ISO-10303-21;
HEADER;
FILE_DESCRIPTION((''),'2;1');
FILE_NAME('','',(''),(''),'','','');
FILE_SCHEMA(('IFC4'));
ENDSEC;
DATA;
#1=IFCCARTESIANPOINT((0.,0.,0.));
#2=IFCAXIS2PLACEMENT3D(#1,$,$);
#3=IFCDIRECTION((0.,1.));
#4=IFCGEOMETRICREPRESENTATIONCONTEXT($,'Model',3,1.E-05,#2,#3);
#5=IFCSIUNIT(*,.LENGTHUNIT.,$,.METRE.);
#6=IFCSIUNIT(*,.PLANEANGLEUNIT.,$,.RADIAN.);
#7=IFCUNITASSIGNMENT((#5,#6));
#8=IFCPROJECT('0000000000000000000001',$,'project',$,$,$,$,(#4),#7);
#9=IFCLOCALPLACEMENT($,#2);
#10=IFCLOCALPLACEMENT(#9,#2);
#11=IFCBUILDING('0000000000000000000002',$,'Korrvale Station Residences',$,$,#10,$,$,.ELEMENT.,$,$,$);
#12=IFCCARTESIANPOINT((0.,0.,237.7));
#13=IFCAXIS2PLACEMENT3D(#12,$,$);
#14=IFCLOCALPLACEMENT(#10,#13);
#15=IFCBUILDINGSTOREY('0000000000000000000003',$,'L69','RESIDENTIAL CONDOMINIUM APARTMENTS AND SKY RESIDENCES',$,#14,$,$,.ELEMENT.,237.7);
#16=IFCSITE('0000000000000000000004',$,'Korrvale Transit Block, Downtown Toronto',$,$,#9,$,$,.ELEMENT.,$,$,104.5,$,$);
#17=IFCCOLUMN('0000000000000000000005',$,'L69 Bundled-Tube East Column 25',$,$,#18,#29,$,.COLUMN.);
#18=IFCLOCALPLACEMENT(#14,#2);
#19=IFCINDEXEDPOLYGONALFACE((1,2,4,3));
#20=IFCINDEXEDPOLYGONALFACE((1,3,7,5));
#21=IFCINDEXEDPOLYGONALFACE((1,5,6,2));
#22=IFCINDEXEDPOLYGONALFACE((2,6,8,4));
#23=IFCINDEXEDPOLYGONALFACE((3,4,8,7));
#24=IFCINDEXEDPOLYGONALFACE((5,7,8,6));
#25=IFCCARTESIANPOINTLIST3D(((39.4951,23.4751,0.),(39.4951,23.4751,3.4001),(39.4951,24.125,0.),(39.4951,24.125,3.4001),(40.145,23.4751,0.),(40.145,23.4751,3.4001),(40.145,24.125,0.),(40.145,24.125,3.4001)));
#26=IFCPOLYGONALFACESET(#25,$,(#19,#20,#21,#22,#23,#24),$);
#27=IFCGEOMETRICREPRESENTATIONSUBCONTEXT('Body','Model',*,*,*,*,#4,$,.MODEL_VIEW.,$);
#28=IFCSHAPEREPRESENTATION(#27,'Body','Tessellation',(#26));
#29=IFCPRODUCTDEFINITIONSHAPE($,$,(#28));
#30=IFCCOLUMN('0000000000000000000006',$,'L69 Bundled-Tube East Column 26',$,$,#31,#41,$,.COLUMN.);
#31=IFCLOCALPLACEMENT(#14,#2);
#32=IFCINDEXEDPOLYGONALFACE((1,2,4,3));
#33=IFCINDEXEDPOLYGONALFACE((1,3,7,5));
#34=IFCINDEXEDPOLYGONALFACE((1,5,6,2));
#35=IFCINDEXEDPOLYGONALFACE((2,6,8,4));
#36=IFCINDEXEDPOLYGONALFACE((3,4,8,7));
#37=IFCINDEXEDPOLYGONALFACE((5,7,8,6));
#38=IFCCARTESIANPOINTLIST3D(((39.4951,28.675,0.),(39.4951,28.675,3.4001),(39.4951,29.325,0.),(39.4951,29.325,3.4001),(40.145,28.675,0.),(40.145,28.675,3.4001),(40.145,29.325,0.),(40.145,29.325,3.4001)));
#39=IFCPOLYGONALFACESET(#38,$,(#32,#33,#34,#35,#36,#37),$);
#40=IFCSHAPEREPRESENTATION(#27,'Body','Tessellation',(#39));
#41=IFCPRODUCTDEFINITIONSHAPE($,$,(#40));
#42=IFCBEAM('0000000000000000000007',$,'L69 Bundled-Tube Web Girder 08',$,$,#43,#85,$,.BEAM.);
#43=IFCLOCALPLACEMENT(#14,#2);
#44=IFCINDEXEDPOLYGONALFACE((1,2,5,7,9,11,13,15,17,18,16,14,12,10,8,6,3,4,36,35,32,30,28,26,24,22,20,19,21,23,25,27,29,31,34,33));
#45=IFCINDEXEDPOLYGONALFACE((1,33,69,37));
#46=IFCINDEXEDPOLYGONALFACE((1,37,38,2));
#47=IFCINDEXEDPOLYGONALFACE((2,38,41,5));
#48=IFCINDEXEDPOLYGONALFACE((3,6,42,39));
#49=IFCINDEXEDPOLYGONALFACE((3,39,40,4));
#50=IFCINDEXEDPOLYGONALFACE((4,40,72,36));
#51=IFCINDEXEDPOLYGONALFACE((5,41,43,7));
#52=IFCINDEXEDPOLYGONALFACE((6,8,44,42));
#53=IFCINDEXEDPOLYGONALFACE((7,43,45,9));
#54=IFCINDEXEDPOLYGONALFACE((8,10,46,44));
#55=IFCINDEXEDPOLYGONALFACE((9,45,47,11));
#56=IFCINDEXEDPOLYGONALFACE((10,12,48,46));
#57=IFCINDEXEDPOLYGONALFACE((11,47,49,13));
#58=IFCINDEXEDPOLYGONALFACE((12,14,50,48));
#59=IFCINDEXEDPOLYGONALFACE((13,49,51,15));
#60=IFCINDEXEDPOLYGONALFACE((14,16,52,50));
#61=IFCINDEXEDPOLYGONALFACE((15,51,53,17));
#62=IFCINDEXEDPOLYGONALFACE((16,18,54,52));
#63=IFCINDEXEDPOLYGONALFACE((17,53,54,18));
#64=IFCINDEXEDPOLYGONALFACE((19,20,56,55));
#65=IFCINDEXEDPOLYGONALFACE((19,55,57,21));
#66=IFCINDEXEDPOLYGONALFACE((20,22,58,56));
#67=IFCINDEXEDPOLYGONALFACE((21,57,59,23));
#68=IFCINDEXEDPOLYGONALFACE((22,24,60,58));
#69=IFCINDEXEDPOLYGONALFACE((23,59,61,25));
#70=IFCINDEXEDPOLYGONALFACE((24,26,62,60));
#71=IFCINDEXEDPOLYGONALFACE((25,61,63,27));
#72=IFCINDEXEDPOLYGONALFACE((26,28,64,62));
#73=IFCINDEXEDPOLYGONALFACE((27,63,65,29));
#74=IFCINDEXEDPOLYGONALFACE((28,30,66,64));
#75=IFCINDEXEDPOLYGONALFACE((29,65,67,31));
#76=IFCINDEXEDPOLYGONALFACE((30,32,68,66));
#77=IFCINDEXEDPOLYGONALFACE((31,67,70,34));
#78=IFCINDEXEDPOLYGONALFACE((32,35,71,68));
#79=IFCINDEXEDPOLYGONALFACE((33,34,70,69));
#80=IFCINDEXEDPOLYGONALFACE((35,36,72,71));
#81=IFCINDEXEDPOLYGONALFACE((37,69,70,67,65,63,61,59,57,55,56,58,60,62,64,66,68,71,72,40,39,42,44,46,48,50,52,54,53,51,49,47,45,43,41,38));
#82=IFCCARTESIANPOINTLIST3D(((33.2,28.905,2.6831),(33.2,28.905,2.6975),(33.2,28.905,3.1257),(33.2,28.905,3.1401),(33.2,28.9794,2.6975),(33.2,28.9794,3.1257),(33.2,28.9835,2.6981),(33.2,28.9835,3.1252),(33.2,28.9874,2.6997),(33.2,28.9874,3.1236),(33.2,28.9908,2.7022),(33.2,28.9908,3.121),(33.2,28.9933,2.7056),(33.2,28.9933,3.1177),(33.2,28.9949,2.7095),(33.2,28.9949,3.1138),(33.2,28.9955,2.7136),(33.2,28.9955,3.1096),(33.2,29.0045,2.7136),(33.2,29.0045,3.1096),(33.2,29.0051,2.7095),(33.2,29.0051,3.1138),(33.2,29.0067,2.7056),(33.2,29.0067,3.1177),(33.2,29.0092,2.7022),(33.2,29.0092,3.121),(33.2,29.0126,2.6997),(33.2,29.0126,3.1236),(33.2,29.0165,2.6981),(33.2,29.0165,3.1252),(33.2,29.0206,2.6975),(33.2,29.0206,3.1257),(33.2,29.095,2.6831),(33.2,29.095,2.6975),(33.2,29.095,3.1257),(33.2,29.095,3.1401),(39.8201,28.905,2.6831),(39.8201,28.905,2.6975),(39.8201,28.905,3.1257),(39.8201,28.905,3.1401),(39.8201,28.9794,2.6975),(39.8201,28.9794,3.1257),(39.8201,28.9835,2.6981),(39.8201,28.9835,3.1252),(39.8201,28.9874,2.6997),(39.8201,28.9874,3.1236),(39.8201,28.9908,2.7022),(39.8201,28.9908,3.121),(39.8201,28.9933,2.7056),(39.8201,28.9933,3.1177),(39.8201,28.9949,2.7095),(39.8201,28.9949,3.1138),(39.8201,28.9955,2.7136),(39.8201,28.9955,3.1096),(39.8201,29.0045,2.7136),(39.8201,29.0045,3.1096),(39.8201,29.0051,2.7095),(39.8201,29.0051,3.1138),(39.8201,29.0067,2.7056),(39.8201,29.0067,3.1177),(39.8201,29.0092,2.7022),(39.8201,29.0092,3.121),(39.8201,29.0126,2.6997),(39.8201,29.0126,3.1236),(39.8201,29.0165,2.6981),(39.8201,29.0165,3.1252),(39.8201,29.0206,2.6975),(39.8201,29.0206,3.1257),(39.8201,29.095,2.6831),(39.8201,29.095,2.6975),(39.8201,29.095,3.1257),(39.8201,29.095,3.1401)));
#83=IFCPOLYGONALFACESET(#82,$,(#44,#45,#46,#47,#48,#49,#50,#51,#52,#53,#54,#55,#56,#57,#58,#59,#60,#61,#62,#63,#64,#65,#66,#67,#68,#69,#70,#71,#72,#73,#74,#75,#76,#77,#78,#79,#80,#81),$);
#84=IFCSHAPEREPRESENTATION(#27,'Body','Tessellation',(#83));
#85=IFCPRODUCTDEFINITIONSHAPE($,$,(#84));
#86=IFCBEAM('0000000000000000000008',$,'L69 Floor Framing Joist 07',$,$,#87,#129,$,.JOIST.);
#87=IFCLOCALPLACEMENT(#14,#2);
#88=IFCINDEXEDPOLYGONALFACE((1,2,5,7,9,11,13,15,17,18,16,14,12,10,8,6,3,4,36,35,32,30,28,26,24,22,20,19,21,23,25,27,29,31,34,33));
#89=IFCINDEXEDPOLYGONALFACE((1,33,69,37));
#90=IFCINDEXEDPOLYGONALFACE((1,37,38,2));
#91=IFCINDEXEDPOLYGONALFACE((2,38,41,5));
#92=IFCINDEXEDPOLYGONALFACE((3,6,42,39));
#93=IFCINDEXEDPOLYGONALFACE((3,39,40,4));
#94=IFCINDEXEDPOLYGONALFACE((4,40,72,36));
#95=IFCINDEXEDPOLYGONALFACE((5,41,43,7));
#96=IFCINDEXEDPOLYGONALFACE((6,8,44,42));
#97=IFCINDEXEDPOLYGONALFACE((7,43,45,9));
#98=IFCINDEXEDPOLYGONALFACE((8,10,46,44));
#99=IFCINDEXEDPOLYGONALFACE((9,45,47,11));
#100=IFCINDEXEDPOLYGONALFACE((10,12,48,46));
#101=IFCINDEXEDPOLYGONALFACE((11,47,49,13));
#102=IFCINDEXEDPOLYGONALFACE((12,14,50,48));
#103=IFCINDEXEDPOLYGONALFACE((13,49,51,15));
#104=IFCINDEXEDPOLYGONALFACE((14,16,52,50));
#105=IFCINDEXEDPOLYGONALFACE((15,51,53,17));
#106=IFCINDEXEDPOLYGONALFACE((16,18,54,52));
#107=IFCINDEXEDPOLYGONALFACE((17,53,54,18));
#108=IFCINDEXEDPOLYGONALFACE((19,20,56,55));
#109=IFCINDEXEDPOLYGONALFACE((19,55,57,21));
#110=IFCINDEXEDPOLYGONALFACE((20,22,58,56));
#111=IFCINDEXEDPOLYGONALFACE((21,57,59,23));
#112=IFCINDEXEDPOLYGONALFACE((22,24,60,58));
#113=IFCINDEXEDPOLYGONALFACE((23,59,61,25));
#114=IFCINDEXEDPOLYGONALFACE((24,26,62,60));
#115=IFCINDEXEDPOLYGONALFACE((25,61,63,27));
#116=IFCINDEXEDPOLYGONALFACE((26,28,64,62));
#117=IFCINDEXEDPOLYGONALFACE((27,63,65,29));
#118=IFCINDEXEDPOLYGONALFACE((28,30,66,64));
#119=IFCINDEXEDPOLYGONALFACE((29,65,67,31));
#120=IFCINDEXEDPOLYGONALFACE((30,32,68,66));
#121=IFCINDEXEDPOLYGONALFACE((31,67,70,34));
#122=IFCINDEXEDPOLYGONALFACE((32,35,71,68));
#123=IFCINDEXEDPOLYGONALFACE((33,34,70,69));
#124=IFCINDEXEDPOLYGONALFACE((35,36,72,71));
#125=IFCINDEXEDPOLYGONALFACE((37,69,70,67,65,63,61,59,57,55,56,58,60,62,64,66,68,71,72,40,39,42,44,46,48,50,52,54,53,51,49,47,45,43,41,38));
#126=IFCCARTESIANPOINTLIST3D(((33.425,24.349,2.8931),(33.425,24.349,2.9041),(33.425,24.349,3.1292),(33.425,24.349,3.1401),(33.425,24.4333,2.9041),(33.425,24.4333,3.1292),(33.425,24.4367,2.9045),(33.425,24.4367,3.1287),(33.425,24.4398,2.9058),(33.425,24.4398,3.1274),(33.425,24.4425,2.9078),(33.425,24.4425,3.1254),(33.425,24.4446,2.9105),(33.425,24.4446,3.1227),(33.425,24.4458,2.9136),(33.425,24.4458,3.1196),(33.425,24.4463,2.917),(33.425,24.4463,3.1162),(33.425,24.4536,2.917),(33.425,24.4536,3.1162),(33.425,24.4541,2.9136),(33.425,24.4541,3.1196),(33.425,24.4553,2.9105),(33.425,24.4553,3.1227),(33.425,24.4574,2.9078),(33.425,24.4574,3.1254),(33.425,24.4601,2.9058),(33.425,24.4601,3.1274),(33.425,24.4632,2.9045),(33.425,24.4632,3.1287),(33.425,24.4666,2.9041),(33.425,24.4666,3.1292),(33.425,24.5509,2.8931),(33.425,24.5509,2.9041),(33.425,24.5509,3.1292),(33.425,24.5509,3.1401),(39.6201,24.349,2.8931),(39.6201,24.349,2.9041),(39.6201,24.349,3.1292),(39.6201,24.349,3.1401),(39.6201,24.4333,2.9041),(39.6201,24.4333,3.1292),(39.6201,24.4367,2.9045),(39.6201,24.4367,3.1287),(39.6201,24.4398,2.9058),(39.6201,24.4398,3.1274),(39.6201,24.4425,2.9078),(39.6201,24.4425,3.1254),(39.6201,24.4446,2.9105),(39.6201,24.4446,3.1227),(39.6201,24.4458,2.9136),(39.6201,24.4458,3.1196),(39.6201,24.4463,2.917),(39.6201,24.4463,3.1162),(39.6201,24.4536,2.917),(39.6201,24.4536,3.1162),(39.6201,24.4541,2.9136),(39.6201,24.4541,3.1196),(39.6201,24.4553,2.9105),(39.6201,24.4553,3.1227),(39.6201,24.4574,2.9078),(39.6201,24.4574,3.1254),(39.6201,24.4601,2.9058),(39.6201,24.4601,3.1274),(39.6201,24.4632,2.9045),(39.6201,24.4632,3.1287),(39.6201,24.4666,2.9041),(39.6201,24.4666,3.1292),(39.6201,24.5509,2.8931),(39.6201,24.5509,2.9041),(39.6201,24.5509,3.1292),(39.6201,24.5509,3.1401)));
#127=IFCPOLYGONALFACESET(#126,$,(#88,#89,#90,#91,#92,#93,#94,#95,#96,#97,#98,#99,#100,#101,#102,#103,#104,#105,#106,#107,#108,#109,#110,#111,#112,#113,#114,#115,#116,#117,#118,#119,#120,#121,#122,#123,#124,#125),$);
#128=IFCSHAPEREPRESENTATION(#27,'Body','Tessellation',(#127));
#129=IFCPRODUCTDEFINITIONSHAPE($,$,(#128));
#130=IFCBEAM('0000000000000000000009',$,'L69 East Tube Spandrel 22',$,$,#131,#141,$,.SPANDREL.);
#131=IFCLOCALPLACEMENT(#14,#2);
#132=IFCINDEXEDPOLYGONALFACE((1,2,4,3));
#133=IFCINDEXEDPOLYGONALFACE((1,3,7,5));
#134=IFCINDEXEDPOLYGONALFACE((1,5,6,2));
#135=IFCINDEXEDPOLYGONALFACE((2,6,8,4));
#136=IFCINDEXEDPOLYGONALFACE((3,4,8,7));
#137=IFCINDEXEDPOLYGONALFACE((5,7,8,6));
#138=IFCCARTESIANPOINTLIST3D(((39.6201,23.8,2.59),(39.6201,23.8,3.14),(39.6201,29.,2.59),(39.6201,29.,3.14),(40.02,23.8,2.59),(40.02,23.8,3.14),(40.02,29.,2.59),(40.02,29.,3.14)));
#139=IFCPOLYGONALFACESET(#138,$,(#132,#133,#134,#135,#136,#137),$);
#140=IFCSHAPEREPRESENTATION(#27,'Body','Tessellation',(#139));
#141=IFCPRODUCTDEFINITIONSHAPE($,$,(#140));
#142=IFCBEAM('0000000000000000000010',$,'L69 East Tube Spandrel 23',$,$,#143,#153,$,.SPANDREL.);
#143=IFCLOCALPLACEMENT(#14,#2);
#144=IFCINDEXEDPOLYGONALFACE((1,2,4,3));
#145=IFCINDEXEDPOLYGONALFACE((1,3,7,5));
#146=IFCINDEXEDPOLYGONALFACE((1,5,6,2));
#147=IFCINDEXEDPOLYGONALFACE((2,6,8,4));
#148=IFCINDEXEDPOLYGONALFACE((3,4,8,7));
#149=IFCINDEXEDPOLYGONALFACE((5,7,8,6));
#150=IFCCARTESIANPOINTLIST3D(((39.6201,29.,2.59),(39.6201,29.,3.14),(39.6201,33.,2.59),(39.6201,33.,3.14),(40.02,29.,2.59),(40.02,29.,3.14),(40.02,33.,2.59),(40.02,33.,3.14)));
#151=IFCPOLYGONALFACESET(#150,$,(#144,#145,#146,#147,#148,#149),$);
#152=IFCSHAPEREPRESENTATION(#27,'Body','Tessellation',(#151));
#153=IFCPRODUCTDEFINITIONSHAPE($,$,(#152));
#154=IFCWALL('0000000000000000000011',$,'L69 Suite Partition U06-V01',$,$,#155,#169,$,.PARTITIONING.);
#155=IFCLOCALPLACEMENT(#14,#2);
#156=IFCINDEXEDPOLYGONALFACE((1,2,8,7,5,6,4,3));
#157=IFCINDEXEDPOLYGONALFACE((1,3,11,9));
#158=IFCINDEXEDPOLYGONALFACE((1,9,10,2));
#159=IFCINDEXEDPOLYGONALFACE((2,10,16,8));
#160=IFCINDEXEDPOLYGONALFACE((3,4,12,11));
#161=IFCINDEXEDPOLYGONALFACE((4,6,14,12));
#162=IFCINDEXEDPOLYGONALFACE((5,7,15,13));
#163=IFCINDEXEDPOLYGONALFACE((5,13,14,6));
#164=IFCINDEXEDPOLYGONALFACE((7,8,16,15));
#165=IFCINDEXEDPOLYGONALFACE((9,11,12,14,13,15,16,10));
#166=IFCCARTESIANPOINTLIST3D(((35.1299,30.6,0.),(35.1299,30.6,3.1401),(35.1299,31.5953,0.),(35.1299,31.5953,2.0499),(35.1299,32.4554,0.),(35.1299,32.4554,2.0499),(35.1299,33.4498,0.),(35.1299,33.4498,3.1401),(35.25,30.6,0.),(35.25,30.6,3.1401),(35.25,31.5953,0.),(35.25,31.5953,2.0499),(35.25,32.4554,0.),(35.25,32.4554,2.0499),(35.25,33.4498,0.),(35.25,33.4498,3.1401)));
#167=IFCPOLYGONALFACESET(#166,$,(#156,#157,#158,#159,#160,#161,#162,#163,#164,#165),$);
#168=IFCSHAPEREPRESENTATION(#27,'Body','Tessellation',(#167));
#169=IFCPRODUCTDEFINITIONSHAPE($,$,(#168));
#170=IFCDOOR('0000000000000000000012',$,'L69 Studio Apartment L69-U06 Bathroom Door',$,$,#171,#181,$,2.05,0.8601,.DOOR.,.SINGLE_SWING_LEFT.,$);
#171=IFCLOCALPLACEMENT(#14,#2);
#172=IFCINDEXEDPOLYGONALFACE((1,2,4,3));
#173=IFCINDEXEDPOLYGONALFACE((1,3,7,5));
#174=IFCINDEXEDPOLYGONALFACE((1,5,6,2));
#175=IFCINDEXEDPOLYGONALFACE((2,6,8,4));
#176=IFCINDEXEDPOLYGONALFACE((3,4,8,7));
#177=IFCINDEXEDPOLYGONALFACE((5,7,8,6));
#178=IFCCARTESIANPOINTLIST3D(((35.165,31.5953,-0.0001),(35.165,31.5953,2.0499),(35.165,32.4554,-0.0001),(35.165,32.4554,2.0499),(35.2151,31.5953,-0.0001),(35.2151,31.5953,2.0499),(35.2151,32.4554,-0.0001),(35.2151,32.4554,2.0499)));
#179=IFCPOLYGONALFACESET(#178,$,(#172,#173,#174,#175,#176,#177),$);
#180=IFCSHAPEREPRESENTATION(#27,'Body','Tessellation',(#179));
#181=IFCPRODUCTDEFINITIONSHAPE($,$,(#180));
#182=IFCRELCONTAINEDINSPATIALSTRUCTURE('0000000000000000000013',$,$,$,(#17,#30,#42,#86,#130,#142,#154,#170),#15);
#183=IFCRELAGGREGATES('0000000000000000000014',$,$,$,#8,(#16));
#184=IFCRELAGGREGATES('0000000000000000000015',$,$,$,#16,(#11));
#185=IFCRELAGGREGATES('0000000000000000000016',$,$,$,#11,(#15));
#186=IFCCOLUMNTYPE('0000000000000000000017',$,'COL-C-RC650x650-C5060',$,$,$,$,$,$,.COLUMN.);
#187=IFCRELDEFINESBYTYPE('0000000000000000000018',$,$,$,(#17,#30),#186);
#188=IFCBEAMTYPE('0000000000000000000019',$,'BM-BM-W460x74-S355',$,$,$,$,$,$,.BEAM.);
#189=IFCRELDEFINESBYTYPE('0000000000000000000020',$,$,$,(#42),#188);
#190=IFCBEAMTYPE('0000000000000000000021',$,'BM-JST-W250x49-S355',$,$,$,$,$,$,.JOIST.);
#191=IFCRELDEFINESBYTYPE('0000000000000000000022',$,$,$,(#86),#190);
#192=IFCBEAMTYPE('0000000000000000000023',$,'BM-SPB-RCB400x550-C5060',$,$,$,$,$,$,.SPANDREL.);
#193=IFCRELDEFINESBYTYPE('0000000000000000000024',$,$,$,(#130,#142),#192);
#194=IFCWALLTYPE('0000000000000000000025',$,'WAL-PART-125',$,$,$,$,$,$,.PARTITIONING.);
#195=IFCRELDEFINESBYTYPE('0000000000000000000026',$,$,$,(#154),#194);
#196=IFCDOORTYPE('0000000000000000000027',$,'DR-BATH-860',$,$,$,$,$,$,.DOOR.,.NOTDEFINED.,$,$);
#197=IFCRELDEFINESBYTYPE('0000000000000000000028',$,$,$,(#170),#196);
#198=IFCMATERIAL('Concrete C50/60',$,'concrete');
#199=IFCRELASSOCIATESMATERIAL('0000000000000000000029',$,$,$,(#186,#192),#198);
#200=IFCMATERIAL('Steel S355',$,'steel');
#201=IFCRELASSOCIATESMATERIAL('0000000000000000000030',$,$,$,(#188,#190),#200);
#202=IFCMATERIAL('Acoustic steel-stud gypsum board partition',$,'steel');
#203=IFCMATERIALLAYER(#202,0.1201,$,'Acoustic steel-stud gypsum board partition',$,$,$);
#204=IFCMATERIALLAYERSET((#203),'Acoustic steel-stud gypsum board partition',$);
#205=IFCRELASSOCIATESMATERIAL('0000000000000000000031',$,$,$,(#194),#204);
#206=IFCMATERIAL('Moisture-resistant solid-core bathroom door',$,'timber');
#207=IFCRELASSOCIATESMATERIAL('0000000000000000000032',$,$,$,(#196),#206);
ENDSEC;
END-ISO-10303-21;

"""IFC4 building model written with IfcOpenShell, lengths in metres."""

from ifc_helpers import new_model, si_unit, direction, frame, frame_2d, origin, origin_2d, place, context, subcontext, project, spatial, rectangle, i_section, extrude, material, layer, layer_set, material_profile, profile_set, type_object, element, fill, save


model = new_model("IFC4")

# Units and contexts
model_context = context("Model", 3, precision=1e-05, world=origin(), true_north=direction((0.0, 1.0)))
body_context = subcontext(model_context, "Body", "Model", "MODEL_VIEW")
ifc_project = project(units=[si_unit("LENGTHUNIT", "METRE"), si_unit("PLANEANGLEUNIT", "RADIAN")], contexts=[model_context])

# Site, building, storey
site_placement = place(None, origin())
site = spatial("IfcSite", under=ifc_project, at=site_placement, Name="Korrvale Transit Block, Downtown Toronto", CompositionType="ELEMENT", RefElevation=104.5)
building_placement = place(site_placement, origin())
building = spatial("IfcBuilding", under=site, at=building_placement, Name="Korrvale Station Residences", CompositionType="ELEMENT")
storey_placement = place(building_placement, frame((0.0, 0.0, 237.7)))
storey = spatial("IfcBuildingStorey", under=building, at=storey_placement, Name="L69", Description="RESIDENTIAL CONDOMINIUM APARTMENTS AND SKY RESIDENCES", CompositionType="ELEMENT", Elevation=237.7)

# Columns
ifc_material_1 = material(Name="Concrete C50/60", Category="concrete")
ifc_material_profile_1 = material_profile(ifc_material_1, rectangle(XDim=0.6499, YDim=0.6499, at=origin_2d()), Name="RC650x650")
ifc_profile_set_1 = profile_set([ifc_material_profile_1], Name="Concrete C50/60")
column_type = type_object("IfcColumnType", Name="COL-C-RC650x650-C5060", PredefinedType="COLUMN", material=ifc_profile_set_1)
for number, where, z_axis, x_axis, name in (
    (1, (39.8201, 23.8, 0.0), (0.0, 0.0, 1.0), (1.0, 0.0, 0.0), "L69 Bundled-Tube East Column 25"),
    (2, (39.8201, 29.0, 0.0), (0.0, 0.0, 1.0), (1.0, 0.0, 0.0), "L69 Bundled-Tube East Column 26"),
):
    element("IfcColumn", number, at=place(storey_placement, frame(where, z_axis=z_axis, x_axis=x_axis)), inside=storey, type_object=column_type, Name=name, PredefinedType="COLUMN", context=body_context, shape_type="SweptSolid", body=[
        extrude(rectangle(XDim=0.6499, YDim=0.6499, at=origin_2d()), origin(), (0.0, 0.0, 1.0), 3.4001),
    ])

# Beams
ifc_material_2 = material(Name="Steel S355", Category="steel")
ifc_material_profile_2 = material_profile(ifc_material_2, i_section(OverallWidth=0.1899, OverallDepth=0.457, WebThickness=0.009, FlangeThickness=0.0144, FilletRadius=0.0161, at=origin_2d()), Name="W460x74")
ifc_profile_set_2 = profile_set([ifc_material_profile_2], Name="Steel S355")
beam_type_1 = type_object("IfcBeamType", Name="BM-BM-W460x74-S355", PredefinedType="BEAM", material=ifc_profile_set_2)
beam_1_placement = place(storey_placement, frame((33.2, 29.0, 2.9116), z_axis=(1.0, 0.0, 0.0), x_axis=(0.0, 1.0, 0.0)))
element("IfcBeam", 3, at=beam_1_placement, inside=storey, type_object=beam_type_1, Name="L69 Bundled-Tube Web Girder 08", PredefinedType="BEAM", context=body_context, shape_type="SweptSolid", body=[
    extrude(i_section(OverallWidth=0.1899, OverallDepth=0.457, WebThickness=0.009, FlangeThickness=0.0144, FilletRadius=0.0161, at=origin_2d()), origin(), (0.0, 0.0, 1.0), 6.6201),
])
ifc_material_profile_3 = material_profile(ifc_material_2, i_section(OverallWidth=0.2019, OverallDepth=0.2471, WebThickness=0.0073, FlangeThickness=0.011, FilletRadius=0.0129, at=origin_2d()), Name="W250x49")
ifc_profile_set_3 = profile_set([ifc_material_profile_3], Name="Steel S355")
beam_type_2 = type_object("IfcBeamType", Name="BM-JST-W250x49-S355", PredefinedType="JOIST", material=ifc_profile_set_3)
beam_2_placement = place(storey_placement, frame((33.425, 24.45, 3.0166), z_axis=(1.0, 0.0, 0.0), x_axis=(0.0, 1.0, 0.0)))
element("IfcBeam", 4, at=beam_2_placement, inside=storey, type_object=beam_type_2, Name="L69 Floor Framing Joist 07", PredefinedType="JOIST", context=body_context, shape_type="SweptSolid", body=[
    extrude(i_section(OverallWidth=0.2019, OverallDepth=0.2471, WebThickness=0.0073, FlangeThickness=0.011, FilletRadius=0.0129, at=origin_2d()), origin(), (0.0, 0.0, 1.0), 6.1951),
])
ifc_material_profile_4 = material_profile(ifc_material_1, rectangle(XDim=0.3999, YDim=0.55, at=origin_2d()), Name="RCB400x550")
ifc_profile_set_4 = profile_set([ifc_material_profile_4], Name="Concrete C50/60")
beam_type_3 = type_object("IfcBeamType", Name="BM-SPB-RCB400x550-C5060", PredefinedType="SPANDREL", material=ifc_profile_set_4)
beam_3_placement = place(storey_placement, frame((39.8201, 23.8, 2.865), z_axis=(0.0, 1.0, 0.0), x_axis=(-1.0, 0.0, 0.0)))
element("IfcBeam", 5, at=beam_3_placement, inside=storey, type_object=beam_type_3, Name="L69 East Tube Spandrel 22", PredefinedType="SPANDREL", context=body_context, shape_type="SweptSolid", body=[
    extrude(rectangle(XDim=0.3999, YDim=0.55, at=origin_2d()), origin(), (0.0, 0.0, 1.0), 5.2),
])
beam_4_placement = place(storey_placement, frame((39.8201, 29.0, 2.865), z_axis=(0.0, 1.0, 0.0), x_axis=(-1.0, 0.0, 0.0)))
element("IfcBeam", 6, at=beam_4_placement, inside=storey, type_object=beam_type_3, Name="L69 East Tube Spandrel 23", PredefinedType="SPANDREL", context=body_context, shape_type="SweptSolid", body=[
    extrude(rectangle(XDim=0.3999, YDim=0.55, at=origin_2d()), origin(), (0.0, 0.0, 1.0), 4.0),
])

# Wall, opening, door
ifc_material_3 = material(Name="Acoustic steel-stud gypsum board partition", Category="steel")
ifc_layer_1 = layer(ifc_material_3, 0.1201, Name="Acoustic steel-stud gypsum board partition")
ifc_layer_set_1 = layer_set([ifc_layer_1], Name="Acoustic steel-stud gypsum board partition")
wall_type_1 = type_object("IfcWallType", Name="WAL-PART-125", PredefinedType="PARTITIONING", material=ifc_layer_set_1)
wall_1_placement = place(storey_placement, frame((35.1899, 30.6001, 0.0), z_axis=(0.0, 0.0, 1.0), x_axis=(0.0, 1.0, 0.0)))
wall_1 = element("IfcWall", 7, at=wall_1_placement, inside=storey, type_object=wall_type_1, Name="L69 Suite Partition U06-V01", PredefinedType="PARTITIONING", context=body_context, shape_type="SweptSolid", body=[
    extrude(rectangle(XDim=2.8499, YDim=0.1201, at=frame_2d((1.4248, 0.0))), origin(), (0.0, 0.0, 1.0), 3.1401),
])
opening_1_placement = place(wall_1_placement, frame((0.9951, 0.0, 0.0)))
opening_1 = element("IfcOpeningElement", 8, at=opening_1_placement, cuts=wall_1, PredefinedType="OPENING", context=body_context, shape_type="SweptSolid", body=[
    extrude(rectangle(XDim=0.8601, YDim=2.05, at=frame_2d((0.4302, 1.0249))), frame((0.0, 0.0701, 0.0), z_axis=(0.0, -1.0, 0.0), x_axis=(1.0, 0.0, 0.0)), (0.0, 0.0, 1.0), 0.1401),
])
ifc_material_4 = material(Name="Moisture-resistant solid-core bathroom door", Category="timber")
door_type_1 = type_object("IfcDoorType", Name="DR-BATH-860", OperationType="NOTDEFINED", PredefinedType="DOOR", material=ifc_material_4)
door_1_placement = place(opening_1_placement, origin())
door_1 = element("IfcDoor", 9, at=door_1_placement, inside=storey, type_object=door_type_1, Name="L69 Studio Apartment L69-U06 Bathroom Door", OperationType="SINGLE_SWING_LEFT", OverallHeight=2.05, OverallWidth=0.8601, PredefinedType="DOOR", context=body_context, shape_type="SweptSolid", body=[
    extrude(rectangle(XDim=0.8601, YDim=2.05, at=frame_2d((0.4302, 1.0249))), frame((0.0, 0.0249, 0.0), z_axis=(0.0, -1.0, 0.0), x_axis=(1.0, 0.0, 0.0)), (0.0, 0.0, 1.0), 0.05),
])
fill(opening_1, door_1)

save(model, "model.ifc")
